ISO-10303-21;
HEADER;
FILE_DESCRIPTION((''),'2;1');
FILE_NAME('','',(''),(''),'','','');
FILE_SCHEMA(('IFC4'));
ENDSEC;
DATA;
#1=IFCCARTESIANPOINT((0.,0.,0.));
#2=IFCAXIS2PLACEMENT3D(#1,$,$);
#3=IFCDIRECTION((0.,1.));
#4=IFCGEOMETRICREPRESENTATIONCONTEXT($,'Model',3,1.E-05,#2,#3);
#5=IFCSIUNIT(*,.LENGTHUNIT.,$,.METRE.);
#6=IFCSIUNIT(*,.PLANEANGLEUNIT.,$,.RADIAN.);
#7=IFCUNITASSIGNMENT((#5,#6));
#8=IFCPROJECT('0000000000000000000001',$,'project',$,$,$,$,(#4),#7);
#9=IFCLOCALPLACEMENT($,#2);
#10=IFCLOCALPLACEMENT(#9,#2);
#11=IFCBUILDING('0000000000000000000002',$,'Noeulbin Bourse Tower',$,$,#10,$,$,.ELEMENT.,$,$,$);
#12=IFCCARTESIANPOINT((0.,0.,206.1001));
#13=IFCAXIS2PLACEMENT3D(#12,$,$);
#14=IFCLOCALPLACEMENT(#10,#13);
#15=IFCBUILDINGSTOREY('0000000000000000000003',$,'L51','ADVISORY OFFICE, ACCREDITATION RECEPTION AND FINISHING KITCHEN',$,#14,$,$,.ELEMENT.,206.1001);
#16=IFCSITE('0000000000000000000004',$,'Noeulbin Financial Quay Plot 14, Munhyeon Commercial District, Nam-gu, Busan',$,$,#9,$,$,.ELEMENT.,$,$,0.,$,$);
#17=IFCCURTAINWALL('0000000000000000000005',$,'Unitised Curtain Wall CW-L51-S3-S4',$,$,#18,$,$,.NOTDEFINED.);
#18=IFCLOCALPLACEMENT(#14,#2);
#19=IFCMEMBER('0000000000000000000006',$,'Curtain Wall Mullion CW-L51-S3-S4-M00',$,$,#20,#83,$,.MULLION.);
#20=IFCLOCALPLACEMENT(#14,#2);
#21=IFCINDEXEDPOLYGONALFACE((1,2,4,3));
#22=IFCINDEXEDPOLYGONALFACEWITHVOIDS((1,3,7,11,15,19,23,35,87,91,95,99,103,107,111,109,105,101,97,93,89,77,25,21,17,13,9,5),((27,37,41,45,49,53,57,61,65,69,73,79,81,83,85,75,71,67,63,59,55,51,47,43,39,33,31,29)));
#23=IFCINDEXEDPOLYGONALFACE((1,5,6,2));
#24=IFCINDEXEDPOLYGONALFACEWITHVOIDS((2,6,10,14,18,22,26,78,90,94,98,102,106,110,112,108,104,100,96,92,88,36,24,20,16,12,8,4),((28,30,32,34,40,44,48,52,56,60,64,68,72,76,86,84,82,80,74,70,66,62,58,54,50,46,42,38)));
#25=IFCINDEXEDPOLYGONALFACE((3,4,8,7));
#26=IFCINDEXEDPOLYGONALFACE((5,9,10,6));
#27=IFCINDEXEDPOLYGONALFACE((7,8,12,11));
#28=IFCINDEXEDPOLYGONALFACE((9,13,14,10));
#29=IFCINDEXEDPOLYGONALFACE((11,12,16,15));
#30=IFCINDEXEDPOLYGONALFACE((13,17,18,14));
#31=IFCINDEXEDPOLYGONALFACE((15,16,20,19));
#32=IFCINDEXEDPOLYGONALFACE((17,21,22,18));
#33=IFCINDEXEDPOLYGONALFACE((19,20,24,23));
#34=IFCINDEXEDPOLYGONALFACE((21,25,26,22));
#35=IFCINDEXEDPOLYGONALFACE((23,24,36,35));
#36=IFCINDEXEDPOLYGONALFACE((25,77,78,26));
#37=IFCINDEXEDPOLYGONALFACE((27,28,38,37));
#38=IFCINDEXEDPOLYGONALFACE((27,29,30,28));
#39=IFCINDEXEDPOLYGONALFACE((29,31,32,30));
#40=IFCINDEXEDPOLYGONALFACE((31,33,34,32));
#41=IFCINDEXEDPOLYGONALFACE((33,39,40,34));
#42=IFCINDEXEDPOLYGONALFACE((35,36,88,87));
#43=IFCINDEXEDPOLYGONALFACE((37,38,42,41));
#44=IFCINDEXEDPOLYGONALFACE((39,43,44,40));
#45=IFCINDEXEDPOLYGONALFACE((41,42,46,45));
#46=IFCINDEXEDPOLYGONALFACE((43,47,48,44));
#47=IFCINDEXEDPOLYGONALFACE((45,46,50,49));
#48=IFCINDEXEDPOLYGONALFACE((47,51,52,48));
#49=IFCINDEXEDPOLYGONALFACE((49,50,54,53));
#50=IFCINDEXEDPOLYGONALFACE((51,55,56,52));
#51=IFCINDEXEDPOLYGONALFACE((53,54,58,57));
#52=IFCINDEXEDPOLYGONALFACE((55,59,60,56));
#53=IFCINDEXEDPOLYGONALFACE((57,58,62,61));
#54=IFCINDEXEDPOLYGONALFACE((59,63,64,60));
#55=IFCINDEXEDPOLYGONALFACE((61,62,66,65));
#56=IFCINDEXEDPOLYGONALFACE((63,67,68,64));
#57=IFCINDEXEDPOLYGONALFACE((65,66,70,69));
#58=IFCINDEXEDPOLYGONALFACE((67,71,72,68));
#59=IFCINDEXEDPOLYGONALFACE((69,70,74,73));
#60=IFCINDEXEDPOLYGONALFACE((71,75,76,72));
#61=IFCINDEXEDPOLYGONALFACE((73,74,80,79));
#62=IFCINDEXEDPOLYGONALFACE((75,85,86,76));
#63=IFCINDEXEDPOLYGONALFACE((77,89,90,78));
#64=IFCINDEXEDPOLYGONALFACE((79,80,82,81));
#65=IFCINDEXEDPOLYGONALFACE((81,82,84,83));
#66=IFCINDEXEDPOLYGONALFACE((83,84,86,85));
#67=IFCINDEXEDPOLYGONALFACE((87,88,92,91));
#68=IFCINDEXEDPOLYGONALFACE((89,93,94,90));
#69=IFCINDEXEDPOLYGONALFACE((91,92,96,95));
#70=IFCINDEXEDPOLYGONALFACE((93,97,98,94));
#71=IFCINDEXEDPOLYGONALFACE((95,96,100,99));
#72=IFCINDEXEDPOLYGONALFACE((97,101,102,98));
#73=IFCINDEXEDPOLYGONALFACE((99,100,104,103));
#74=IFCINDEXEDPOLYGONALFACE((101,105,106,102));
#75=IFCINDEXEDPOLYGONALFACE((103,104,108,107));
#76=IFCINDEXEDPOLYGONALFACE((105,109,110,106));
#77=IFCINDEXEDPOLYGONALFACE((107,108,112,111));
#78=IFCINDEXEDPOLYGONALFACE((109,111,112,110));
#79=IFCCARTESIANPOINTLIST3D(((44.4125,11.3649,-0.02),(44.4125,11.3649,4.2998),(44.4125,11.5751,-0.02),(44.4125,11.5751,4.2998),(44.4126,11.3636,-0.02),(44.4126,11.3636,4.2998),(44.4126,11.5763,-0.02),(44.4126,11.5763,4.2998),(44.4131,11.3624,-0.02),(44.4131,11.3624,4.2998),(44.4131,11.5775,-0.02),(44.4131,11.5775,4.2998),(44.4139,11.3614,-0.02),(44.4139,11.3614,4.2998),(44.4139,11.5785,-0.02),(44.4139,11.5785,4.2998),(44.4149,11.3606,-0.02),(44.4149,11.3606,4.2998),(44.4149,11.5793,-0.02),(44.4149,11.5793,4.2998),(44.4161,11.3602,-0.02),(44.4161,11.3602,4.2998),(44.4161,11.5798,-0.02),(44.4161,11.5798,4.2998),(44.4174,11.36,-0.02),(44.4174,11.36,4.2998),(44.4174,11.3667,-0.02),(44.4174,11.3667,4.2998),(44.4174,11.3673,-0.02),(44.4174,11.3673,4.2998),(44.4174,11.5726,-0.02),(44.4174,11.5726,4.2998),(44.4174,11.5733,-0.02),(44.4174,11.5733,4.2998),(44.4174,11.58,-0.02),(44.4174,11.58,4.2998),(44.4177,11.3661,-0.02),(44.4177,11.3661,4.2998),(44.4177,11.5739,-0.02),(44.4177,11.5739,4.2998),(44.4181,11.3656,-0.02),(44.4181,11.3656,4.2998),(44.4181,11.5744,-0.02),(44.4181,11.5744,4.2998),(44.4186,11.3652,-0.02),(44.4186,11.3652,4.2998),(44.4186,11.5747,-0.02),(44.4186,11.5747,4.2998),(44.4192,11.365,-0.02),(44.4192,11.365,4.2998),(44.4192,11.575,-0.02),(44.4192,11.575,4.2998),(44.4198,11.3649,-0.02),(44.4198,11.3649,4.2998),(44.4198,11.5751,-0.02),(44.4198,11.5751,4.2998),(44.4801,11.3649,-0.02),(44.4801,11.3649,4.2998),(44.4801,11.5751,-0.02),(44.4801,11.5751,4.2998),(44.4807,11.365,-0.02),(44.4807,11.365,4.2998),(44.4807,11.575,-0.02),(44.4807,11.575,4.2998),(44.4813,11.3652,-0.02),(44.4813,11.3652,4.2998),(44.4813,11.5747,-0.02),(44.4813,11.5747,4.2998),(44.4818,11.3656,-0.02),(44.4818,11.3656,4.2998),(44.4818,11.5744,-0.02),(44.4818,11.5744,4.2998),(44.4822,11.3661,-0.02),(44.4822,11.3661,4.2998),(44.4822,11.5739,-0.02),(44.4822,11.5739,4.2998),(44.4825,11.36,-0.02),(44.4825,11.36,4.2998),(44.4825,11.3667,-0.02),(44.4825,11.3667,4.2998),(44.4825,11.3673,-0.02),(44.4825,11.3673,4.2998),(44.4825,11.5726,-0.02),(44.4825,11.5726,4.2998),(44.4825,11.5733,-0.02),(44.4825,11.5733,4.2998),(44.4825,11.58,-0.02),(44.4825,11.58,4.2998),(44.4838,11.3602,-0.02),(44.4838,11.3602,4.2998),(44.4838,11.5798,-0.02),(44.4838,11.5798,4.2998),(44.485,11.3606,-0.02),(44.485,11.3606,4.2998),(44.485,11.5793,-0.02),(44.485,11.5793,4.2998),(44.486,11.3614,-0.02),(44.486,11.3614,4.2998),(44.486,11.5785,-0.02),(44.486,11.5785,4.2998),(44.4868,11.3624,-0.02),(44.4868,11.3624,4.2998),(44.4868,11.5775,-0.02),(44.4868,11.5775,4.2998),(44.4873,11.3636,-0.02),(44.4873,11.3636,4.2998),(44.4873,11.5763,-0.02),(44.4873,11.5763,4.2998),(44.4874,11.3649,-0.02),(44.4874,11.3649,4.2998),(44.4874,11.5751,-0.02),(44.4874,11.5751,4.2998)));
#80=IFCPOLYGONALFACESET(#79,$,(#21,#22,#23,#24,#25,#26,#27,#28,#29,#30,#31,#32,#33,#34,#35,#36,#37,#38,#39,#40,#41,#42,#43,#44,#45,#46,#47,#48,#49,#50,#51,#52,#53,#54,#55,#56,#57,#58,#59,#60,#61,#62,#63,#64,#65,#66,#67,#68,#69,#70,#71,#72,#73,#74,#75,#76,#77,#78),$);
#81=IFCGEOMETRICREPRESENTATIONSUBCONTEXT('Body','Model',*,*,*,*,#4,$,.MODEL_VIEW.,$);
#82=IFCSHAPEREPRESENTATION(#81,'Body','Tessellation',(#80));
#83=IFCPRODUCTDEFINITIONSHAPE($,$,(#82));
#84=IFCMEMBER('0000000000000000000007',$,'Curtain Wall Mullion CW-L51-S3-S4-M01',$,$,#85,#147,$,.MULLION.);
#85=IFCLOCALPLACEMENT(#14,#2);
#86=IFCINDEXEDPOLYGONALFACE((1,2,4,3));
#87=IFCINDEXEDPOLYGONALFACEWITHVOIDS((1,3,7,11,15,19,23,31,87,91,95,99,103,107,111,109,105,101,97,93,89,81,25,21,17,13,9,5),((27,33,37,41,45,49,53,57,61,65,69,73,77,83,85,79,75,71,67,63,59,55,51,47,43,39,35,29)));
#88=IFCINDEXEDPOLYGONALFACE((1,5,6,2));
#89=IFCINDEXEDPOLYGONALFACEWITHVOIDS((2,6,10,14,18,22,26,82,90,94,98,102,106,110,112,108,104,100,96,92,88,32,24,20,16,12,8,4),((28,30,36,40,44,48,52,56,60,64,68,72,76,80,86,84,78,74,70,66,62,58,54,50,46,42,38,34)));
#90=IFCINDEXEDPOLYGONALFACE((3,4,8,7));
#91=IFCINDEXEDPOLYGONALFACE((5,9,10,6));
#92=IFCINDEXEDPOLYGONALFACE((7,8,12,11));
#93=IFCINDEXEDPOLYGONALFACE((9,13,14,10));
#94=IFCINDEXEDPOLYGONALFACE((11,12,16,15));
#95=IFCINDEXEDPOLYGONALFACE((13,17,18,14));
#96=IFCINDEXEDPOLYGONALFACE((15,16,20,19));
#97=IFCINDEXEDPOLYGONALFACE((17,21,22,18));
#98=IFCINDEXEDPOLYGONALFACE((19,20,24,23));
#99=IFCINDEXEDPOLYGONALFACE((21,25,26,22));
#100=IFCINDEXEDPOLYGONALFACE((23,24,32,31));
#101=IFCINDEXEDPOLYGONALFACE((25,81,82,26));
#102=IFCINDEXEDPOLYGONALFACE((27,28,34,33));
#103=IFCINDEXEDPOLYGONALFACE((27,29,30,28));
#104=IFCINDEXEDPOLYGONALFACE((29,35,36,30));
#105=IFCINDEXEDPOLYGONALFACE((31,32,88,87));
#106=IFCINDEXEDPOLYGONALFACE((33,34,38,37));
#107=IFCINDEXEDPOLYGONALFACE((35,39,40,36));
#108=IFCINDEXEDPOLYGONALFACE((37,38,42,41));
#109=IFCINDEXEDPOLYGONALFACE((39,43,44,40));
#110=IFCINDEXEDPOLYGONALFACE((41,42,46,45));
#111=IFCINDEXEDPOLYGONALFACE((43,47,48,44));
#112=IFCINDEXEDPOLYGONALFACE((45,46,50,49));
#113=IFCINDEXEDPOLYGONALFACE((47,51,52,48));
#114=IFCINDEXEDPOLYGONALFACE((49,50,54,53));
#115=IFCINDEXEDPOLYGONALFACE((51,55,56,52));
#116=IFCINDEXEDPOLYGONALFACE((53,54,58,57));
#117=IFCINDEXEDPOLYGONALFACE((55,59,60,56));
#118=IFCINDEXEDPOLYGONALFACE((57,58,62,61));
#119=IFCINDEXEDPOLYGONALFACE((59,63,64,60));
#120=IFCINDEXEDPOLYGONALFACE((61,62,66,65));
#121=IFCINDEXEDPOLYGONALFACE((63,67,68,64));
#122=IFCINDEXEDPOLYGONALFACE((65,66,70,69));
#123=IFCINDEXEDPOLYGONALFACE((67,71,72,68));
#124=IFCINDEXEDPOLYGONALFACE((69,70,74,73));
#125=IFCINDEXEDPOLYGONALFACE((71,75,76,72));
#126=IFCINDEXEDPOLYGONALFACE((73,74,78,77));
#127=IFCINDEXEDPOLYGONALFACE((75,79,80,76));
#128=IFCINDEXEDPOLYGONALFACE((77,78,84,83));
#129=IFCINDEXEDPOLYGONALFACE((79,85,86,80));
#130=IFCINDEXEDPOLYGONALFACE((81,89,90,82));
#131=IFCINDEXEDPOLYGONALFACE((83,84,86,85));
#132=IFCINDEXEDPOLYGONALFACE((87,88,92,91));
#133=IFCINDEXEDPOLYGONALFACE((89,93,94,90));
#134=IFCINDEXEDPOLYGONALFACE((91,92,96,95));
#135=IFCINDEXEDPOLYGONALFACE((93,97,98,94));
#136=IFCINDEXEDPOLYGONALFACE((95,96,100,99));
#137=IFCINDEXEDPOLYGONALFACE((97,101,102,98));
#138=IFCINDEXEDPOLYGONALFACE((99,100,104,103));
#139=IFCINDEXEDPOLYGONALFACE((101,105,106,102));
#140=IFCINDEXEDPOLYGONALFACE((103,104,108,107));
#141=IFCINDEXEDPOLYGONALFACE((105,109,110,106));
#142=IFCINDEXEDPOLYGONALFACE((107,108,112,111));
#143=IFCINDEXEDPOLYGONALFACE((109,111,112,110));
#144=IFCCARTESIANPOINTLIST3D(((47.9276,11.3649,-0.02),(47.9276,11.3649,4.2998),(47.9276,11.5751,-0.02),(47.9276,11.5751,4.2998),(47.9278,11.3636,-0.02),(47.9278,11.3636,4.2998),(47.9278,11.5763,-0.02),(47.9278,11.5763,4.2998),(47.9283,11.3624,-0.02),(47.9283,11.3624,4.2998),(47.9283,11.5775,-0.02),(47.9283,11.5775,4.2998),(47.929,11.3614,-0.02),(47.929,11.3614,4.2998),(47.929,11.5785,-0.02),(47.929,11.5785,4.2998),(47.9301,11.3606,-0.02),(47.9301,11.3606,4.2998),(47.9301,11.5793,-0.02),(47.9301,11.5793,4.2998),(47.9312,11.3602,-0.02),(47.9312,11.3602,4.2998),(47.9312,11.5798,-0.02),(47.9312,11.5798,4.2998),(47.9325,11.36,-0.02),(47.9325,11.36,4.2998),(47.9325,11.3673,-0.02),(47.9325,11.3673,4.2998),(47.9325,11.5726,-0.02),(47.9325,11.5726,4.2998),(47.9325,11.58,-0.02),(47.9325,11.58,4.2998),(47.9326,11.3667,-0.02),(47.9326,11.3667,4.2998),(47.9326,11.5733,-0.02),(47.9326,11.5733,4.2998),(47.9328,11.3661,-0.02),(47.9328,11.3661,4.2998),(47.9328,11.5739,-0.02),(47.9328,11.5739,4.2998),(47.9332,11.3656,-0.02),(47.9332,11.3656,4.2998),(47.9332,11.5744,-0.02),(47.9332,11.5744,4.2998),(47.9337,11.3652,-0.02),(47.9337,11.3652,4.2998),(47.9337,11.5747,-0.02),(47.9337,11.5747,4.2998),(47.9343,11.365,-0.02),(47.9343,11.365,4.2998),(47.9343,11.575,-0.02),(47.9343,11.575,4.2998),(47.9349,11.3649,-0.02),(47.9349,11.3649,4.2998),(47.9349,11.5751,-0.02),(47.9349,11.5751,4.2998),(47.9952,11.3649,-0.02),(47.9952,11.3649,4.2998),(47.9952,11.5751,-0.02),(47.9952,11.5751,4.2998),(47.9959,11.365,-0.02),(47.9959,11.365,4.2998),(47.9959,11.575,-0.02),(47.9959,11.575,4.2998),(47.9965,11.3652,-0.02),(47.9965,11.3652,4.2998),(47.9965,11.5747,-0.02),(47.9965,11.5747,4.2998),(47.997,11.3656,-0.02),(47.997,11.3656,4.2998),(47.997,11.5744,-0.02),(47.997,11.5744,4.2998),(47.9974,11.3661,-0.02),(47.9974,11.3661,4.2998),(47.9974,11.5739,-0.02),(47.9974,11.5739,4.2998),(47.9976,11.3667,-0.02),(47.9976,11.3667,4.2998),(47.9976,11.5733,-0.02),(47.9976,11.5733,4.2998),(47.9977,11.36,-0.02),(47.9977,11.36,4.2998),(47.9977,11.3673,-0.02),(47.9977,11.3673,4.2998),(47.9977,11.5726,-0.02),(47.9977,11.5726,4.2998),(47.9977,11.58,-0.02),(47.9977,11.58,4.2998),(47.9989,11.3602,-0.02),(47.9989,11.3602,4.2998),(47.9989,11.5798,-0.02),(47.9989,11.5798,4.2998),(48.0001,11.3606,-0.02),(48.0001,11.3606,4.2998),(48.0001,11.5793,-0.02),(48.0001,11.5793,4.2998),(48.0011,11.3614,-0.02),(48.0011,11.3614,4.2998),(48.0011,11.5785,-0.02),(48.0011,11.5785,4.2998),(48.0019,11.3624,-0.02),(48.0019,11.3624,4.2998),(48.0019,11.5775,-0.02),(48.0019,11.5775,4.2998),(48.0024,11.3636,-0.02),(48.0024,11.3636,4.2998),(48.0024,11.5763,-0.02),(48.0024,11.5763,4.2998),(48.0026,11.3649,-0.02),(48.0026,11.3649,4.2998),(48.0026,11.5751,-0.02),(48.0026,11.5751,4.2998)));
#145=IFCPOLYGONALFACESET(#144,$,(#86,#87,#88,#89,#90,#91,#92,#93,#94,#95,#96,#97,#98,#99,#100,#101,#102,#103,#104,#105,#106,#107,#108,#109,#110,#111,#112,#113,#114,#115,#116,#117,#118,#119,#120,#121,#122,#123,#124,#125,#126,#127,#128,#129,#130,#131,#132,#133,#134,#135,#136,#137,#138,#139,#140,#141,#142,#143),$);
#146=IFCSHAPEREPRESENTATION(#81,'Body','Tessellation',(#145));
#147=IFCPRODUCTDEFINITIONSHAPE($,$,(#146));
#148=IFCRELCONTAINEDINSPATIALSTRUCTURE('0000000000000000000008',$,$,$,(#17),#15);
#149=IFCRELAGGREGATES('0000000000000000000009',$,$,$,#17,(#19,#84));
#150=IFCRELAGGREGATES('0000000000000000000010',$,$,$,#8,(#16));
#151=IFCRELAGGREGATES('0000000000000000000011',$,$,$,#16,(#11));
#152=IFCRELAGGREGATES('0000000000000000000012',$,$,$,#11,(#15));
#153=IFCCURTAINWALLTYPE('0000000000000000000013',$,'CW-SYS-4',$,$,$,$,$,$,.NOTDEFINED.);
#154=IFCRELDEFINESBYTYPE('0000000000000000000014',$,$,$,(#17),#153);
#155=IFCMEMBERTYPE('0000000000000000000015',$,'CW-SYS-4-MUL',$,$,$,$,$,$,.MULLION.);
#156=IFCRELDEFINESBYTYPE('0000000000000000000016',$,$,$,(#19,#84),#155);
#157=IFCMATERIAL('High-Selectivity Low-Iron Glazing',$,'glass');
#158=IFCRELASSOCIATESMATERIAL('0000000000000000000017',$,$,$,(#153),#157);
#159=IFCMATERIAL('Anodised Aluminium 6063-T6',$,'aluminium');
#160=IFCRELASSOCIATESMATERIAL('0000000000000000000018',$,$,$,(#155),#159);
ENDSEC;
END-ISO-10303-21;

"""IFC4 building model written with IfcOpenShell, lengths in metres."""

from ifc_helpers import new_model, si_unit, direction, frame, origin, origin_2d, place, context, subcontext, project, spatial, hollow_rectangle, extrude, material, material_profile, profile_set, type_object, element, aggregate, save


model = new_model("IFC4")

# Units and contexts
model_context = context("Model", 3, precision=1e-05, world=origin(), true_north=direction((0.0, 1.0)))
body_context = subcontext(model_context, "Body", "Model", "MODEL_VIEW")
ifc_project = project(units=[si_unit("LENGTHUNIT", "METRE"), si_unit("PLANEANGLEUNIT", "RADIAN")], contexts=[model_context])

# Site, building, storey
site_placement = place(None, origin())
site = spatial("IfcSite", under=ifc_project, at=site_placement, Name="Noeulbin Financial Quay Plot 14, Munhyeon Commercial District, Nam-gu, Busan", CompositionType="ELEMENT", RefElevation=0.0)
building_placement = place(site_placement, origin())
building = spatial("IfcBuilding", under=site, at=building_placement, Name="Noeulbin Bourse Tower", CompositionType="ELEMENT")
storey_placement = place(building_placement, frame((0.0, 0.0, 206.1001)))
storey = spatial("IfcBuildingStorey", under=building, at=storey_placement, Name="L51", Description="ADVISORY OFFICE, ACCREDITATION RECEPTION AND FINISHING KITCHEN", CompositionType="ELEMENT", Elevation=206.1001)

# Curtain wall, members
ifc_material_1 = material(Name="High-Selectivity Low-Iron Glazing", Category="glass")
curtain_wall_type = type_object("IfcCurtainWallType", Name="CW-SYS-4", PredefinedType="NOTDEFINED", material=ifc_material_1)
curtain_wall_1_placement = place(storey_placement, origin())
curtain_wall_1 = element("IfcCurtainWall", 1, at=curtain_wall_1_placement, inside=storey, type_object=curtain_wall_type, Name="Unitised Curtain Wall CW-L51-S3-S4", PredefinedType="NOTDEFINED")
ifc_material_2 = material(Name="Anodised Aluminium 6063-T6", Category="aluminium")
ifc_material_profile_1 = material_profile(ifc_material_2, hollow_rectangle(XDim=0.075, YDim=0.22, WallThickness=0.0049, InnerFilletRadius=0.0024, OuterFilletRadius=0.0049, at=origin_2d()), Name="ALU-MULL-75x220x5", Category="LoadBearing")
ifc_profile_set_1 = profile_set([ifc_material_profile_1], Name="Anodised Aluminium 6063-T6")
member_type_1 = type_object("IfcMemberType", Name="CW-SYS-4-MUL", PredefinedType="MULLION", material=ifc_profile_set_1)
member_1_placement = place(storey_placement, frame((44.45, 11.47, -0.02), z_axis=(0.0, 0.0, 1.0), x_axis=(1.0, 0.0, 0.0)))
member_1 = element("IfcMember", 2, at=member_1_placement, type_object=member_type_1, Name="Curtain Wall Mullion CW-L51-S3-S4-M00", PredefinedType="MULLION", context=body_context, shape_type="SweptSolid", body=[
    extrude(hollow_rectangle(XDim=0.075, YDim=0.22, WallThickness=0.0049, InnerFilletRadius=0.0024, OuterFilletRadius=0.0049, at=origin_2d()), origin(), (0.0, 0.0, 1.0), 4.3198),
])
member_2_placement = place(storey_placement, frame((47.9651, 11.47, -0.02), z_axis=(0.0, 0.0, 1.0), x_axis=(1.0, 0.0, 0.0)))
member_2 = element("IfcMember", 3, at=member_2_placement, type_object=member_type_1, Name="Curtain Wall Mullion CW-L51-S3-S4-M01", PredefinedType="MULLION", context=body_context, shape_type="SweptSolid", body=[
    extrude(hollow_rectangle(XDim=0.075, YDim=0.22, WallThickness=0.0049, InnerFilletRadius=0.0024, OuterFilletRadius=0.0049, at=origin_2d()), origin(), (0.0, 0.0, 1.0), 4.3198),
])

aggregate(curtain_wall_1, [member_1, member_2])

save(model, "model.ifc")
